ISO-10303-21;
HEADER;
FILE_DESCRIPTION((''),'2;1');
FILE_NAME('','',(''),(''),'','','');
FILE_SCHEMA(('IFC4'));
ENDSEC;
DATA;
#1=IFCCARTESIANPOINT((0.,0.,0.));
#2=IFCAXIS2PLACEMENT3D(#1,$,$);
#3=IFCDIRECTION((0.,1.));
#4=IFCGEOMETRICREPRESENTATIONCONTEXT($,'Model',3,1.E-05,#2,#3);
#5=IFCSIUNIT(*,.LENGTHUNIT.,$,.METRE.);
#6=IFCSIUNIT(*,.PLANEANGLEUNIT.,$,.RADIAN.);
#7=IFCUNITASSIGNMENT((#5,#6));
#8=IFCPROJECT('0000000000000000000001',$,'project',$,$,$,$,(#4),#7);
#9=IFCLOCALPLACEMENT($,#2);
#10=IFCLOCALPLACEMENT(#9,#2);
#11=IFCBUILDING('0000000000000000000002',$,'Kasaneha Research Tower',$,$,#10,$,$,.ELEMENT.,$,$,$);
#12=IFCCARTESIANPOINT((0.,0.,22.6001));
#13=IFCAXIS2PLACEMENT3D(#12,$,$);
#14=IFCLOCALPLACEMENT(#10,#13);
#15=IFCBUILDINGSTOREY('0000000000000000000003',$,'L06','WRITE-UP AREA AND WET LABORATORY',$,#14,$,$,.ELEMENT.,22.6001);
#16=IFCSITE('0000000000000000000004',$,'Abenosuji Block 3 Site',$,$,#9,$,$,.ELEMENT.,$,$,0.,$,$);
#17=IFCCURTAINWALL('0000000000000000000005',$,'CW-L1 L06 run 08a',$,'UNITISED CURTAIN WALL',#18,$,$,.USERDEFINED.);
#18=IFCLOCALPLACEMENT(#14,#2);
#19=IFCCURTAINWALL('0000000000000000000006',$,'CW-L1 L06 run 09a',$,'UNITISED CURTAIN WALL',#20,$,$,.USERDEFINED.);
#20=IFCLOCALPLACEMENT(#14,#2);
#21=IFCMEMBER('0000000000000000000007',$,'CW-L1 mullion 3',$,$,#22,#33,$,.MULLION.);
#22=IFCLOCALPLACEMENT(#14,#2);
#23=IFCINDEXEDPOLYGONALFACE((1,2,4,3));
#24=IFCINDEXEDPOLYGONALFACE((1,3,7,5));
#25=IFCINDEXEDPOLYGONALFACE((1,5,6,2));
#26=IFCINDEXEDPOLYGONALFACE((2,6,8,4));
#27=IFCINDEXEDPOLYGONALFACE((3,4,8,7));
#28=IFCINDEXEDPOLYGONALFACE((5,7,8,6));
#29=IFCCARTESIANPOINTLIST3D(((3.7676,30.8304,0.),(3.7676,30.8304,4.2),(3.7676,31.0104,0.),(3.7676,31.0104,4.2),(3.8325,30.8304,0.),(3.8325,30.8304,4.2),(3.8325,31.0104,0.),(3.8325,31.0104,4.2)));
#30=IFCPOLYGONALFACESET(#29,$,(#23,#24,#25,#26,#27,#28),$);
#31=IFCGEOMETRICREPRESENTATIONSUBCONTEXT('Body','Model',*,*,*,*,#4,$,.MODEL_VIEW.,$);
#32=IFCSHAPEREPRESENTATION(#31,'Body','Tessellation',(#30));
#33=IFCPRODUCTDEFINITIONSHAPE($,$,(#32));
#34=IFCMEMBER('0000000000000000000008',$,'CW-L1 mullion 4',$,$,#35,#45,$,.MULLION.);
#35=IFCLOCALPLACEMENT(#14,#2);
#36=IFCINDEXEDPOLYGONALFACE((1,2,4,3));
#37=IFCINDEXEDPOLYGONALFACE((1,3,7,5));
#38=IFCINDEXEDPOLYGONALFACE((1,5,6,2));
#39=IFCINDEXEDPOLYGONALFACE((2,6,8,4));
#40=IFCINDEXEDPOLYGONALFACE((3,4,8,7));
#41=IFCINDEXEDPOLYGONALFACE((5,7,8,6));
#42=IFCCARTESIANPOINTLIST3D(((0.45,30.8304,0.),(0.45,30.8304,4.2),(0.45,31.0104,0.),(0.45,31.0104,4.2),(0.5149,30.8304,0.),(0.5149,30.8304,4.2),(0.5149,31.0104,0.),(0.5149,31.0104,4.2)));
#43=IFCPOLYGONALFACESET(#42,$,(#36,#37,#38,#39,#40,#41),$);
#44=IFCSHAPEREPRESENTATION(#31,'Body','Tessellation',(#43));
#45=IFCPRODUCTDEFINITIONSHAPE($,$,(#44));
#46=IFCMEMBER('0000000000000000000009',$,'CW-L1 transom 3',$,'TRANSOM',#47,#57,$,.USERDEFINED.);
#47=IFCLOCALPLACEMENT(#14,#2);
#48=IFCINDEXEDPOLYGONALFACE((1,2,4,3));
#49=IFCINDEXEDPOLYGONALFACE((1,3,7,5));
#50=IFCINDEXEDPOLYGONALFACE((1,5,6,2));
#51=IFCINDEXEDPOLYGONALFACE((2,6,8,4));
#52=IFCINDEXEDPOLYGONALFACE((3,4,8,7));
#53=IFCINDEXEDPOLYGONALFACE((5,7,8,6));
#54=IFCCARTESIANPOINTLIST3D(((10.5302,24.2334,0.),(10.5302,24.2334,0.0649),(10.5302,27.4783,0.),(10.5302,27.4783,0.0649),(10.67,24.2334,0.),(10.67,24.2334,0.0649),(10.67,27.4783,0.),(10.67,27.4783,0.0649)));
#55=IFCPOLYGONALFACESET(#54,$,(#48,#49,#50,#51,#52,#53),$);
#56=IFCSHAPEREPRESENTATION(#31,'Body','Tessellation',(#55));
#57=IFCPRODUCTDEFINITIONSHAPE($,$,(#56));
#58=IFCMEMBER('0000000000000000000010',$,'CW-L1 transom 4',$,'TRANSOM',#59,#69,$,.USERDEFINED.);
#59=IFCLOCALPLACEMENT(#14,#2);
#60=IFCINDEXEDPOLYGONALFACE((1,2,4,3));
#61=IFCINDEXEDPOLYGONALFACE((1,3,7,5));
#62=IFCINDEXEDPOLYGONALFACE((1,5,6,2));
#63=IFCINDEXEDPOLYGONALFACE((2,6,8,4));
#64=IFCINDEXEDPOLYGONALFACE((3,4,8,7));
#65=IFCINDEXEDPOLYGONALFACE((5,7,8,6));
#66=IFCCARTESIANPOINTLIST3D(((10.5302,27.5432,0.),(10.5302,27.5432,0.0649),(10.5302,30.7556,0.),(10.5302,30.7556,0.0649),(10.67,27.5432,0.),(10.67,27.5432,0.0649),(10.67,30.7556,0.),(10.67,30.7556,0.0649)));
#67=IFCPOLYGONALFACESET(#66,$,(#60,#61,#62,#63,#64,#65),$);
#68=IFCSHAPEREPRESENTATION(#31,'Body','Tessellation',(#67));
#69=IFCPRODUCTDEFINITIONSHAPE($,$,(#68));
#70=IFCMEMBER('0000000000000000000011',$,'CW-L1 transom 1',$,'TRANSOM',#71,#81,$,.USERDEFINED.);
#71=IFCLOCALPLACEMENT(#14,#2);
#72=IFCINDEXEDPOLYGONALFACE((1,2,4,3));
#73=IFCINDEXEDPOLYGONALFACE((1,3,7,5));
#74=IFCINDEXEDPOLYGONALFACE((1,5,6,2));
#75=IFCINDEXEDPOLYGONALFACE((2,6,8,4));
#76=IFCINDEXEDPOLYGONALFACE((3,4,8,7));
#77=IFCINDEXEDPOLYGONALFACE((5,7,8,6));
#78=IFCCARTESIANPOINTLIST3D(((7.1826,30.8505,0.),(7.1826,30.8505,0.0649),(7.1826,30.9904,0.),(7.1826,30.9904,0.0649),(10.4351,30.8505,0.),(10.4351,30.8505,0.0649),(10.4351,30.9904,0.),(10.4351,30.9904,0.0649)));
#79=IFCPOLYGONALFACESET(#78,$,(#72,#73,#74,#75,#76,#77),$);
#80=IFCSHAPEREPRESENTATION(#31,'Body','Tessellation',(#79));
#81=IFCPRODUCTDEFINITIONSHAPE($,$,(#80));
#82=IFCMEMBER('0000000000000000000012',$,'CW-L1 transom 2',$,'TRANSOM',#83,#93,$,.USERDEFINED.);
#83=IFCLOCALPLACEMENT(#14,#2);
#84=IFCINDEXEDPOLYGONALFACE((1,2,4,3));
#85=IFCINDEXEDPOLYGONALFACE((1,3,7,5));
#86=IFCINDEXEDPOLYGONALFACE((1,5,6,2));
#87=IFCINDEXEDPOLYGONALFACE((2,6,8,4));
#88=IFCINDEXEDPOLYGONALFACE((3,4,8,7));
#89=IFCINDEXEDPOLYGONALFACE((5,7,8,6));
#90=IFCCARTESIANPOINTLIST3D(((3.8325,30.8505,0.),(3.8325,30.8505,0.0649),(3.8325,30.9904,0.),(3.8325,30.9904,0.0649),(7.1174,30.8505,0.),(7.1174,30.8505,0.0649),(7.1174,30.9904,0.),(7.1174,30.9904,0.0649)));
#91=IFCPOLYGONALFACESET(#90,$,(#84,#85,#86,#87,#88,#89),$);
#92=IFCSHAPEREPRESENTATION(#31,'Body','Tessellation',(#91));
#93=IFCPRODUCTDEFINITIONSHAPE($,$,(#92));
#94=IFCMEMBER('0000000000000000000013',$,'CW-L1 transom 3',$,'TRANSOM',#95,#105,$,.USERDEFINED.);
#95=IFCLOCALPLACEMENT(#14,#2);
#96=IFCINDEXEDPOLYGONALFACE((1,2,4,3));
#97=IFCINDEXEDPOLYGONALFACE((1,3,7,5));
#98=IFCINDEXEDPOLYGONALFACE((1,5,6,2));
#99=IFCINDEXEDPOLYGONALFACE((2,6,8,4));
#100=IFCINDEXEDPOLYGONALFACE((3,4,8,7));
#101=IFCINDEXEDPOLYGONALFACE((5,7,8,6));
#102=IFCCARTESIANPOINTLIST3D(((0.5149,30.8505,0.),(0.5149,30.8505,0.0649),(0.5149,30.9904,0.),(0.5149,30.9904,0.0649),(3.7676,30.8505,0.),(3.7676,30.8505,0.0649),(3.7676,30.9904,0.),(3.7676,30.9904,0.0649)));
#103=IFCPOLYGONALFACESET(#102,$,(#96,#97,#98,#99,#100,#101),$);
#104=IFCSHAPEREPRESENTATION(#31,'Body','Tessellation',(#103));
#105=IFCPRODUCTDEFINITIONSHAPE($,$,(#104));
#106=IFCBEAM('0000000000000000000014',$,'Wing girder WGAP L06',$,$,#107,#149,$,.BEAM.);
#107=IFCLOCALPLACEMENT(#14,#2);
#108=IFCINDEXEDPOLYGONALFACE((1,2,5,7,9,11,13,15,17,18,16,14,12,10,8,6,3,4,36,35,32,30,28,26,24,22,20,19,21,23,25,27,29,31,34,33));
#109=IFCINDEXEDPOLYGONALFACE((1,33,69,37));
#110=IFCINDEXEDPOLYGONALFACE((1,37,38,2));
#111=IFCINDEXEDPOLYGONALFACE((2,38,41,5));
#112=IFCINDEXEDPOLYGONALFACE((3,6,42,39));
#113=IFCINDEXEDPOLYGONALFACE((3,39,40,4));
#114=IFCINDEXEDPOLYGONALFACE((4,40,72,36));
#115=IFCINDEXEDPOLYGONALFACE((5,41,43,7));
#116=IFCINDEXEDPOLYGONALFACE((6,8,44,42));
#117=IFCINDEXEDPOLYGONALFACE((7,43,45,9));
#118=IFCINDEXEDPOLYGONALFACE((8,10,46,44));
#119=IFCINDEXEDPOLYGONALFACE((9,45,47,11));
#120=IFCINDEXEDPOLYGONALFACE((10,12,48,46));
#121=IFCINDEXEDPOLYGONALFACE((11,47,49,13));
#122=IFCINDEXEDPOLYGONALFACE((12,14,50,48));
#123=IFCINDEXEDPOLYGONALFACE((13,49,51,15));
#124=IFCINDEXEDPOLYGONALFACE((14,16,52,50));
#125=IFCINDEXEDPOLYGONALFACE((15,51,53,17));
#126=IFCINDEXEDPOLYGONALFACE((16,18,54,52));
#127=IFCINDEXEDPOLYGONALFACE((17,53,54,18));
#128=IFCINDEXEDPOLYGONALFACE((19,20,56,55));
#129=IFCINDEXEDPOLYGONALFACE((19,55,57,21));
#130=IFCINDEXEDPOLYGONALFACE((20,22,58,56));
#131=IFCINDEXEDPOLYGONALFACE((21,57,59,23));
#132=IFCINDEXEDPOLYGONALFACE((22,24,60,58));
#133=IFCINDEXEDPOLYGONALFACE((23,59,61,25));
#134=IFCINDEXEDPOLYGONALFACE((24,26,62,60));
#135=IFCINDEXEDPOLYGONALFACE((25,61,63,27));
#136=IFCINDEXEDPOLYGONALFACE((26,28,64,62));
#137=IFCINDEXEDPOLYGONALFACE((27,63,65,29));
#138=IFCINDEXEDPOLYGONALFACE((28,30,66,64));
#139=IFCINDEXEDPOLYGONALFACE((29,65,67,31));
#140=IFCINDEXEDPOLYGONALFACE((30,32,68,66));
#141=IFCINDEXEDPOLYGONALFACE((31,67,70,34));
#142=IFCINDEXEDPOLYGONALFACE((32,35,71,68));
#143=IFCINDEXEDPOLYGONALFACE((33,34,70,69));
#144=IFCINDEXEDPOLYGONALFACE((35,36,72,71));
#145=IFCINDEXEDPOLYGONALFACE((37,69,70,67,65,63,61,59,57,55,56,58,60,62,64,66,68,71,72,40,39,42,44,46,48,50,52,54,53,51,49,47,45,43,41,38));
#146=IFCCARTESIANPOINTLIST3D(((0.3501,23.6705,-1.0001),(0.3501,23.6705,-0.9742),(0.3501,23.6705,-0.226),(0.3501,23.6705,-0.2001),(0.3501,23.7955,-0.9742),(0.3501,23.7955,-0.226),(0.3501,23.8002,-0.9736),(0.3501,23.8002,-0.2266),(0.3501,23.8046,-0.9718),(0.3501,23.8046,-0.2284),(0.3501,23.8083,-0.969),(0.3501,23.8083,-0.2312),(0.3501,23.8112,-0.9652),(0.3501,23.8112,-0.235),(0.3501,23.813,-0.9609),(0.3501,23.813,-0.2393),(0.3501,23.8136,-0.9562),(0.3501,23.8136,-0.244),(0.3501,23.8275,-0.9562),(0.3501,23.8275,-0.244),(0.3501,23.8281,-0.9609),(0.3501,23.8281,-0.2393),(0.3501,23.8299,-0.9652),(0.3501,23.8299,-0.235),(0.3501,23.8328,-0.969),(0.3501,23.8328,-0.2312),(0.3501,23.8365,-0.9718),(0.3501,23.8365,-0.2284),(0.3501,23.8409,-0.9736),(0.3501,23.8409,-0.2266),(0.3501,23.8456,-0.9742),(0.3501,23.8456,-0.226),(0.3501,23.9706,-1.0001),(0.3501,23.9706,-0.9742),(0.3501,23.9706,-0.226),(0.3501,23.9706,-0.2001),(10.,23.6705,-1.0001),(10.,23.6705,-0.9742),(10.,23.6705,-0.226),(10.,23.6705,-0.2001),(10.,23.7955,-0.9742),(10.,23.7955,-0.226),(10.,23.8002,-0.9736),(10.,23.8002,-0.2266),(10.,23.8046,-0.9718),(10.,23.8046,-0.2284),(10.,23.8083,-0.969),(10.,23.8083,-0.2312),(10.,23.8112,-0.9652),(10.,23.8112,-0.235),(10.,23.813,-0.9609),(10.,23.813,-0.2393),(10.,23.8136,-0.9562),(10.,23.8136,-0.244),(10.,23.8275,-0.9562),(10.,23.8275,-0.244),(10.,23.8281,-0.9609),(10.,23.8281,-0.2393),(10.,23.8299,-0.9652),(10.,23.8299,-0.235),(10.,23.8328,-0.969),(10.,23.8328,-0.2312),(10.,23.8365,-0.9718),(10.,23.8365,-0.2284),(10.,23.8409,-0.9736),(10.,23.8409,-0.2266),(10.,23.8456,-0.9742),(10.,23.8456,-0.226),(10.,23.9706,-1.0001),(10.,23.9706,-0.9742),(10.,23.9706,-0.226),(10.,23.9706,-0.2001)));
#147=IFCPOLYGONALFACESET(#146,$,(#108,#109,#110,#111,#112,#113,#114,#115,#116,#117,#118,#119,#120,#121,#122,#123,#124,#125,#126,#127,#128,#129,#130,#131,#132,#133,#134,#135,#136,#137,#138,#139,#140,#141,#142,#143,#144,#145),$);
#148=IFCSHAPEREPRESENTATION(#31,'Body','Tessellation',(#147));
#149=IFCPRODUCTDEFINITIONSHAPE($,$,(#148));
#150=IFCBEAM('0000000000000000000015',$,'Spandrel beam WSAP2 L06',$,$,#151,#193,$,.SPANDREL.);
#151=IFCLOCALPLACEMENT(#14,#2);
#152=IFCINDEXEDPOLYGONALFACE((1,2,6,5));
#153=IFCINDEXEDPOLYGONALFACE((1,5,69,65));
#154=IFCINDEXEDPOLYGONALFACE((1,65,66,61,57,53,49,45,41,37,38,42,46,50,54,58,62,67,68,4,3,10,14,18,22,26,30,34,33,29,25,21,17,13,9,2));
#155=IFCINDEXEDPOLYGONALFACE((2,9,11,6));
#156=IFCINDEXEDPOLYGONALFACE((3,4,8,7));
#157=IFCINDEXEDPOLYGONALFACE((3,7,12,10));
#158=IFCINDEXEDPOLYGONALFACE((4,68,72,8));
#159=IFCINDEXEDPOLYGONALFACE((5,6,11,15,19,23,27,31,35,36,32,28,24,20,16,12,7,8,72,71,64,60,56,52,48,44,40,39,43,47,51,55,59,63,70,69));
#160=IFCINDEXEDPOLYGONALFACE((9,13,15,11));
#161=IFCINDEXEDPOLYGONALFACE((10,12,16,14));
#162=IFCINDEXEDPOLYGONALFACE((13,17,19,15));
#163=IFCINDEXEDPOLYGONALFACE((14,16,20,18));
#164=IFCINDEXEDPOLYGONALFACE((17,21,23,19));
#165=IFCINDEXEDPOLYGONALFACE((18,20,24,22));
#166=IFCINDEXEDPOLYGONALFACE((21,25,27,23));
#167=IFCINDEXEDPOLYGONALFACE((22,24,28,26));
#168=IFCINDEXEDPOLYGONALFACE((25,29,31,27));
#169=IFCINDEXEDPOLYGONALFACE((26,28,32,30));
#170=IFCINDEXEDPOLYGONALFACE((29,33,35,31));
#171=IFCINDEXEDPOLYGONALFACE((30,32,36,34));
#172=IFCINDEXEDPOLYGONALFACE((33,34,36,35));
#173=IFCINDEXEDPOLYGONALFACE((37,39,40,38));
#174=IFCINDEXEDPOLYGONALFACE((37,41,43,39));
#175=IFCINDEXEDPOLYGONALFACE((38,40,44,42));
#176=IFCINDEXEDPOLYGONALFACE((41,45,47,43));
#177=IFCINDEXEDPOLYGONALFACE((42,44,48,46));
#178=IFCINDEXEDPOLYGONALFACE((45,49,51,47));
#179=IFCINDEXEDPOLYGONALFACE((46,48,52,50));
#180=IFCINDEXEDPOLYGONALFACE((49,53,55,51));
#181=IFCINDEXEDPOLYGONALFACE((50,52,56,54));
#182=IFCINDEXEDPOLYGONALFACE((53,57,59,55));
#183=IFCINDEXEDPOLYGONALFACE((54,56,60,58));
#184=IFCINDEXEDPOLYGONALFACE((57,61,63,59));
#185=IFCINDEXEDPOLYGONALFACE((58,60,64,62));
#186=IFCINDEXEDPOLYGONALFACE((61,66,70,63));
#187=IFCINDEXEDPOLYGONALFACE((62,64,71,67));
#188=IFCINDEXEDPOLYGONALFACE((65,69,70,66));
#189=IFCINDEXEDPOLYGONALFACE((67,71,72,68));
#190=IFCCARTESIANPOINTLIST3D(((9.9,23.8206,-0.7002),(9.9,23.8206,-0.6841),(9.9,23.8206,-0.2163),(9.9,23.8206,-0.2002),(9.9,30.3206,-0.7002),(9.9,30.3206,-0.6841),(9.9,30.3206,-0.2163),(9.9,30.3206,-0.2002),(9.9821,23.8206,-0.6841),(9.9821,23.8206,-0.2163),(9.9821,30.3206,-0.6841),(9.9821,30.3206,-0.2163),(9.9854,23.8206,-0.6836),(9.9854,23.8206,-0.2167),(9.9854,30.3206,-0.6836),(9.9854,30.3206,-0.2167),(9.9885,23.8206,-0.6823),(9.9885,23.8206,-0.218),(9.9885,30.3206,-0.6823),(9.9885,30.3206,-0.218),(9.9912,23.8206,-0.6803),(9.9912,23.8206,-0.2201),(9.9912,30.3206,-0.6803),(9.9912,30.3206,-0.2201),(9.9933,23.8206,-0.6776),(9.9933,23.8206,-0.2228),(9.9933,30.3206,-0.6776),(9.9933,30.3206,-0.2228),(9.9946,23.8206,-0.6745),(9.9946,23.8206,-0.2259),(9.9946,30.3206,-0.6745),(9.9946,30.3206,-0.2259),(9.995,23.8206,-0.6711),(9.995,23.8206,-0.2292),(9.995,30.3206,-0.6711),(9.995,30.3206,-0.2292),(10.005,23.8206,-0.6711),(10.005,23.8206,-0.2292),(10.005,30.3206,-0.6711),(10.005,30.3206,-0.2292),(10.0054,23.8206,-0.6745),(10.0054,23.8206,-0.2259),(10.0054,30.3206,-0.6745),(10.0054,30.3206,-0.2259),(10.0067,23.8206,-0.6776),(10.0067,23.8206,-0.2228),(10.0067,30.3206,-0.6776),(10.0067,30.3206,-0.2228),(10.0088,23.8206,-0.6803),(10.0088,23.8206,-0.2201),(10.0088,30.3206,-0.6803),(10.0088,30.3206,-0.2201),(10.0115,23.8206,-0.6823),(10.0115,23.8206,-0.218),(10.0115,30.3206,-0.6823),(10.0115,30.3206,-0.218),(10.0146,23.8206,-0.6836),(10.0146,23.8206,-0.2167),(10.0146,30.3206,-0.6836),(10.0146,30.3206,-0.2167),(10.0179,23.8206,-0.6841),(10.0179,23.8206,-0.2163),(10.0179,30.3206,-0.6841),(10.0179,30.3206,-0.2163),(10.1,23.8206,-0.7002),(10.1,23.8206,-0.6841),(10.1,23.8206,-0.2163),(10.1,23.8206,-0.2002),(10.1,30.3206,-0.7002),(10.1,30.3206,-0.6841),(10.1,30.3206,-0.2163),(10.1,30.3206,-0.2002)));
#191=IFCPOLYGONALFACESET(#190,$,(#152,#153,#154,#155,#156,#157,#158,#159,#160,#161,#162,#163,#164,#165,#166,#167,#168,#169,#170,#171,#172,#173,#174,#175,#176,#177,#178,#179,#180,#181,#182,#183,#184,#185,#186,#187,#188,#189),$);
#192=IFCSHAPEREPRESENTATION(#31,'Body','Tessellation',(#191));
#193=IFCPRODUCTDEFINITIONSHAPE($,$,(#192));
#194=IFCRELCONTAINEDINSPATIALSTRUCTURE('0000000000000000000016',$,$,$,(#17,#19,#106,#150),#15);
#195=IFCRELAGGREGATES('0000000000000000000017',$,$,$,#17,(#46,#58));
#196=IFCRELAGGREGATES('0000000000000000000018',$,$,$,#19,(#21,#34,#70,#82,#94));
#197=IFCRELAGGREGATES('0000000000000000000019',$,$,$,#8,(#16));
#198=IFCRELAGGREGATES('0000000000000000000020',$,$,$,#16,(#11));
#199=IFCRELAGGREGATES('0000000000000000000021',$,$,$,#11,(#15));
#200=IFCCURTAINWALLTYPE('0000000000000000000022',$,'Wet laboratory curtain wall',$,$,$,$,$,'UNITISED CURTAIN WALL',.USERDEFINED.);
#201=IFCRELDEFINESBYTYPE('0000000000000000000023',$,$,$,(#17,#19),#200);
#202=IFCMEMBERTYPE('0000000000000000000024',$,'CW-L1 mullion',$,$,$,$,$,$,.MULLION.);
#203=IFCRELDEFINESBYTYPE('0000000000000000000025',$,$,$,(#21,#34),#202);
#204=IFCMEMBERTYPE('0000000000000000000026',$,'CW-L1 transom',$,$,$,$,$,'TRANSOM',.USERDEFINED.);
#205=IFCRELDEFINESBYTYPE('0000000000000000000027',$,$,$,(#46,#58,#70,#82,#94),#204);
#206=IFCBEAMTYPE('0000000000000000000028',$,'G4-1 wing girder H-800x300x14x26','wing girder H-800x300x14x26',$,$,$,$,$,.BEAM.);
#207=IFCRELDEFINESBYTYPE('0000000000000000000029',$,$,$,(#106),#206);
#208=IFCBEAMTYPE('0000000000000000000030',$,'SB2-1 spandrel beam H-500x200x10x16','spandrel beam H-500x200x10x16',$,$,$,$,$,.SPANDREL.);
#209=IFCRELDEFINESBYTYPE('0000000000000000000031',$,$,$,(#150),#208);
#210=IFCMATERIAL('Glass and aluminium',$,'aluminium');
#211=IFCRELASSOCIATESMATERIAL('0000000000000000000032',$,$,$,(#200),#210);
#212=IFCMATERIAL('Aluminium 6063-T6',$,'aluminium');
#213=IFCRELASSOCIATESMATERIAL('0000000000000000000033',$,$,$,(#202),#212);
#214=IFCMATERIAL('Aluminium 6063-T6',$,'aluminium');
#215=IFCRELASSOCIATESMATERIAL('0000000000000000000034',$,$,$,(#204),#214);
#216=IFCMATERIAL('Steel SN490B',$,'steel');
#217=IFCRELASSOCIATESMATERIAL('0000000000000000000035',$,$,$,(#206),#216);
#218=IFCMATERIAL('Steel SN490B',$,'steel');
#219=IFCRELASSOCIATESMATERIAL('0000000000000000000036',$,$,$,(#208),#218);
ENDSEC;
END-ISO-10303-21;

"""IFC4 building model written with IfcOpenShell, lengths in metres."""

from ifc_helpers import new_model, si_unit, direction, frame, origin, origin_2d, place, context, subcontext, project, spatial, rectangle, i_section, extrude, material, material_profile, profile_set, type_object, element, aggregate, save


model = new_model("IFC4")

# Units and contexts
model_context = context("Model", 3, precision=1e-05, world=origin(), true_north=direction((0.0, 1.0)))
body_context = subcontext(model_context, "Body", "Model", "MODEL_VIEW")
ifc_project = project(units=[si_unit("LENGTHUNIT", "METRE"), si_unit("PLANEANGLEUNIT", "RADIAN")], contexts=[model_context])

# Site, building, storey
site_placement = place(None, origin())
site = spatial("IfcSite", under=ifc_project, at=site_placement, Name="Abenosuji Block 3 Site", CompositionType="ELEMENT", RefElevation=0.0)
building_placement = place(site_placement, origin())
building = spatial("IfcBuilding", under=site, at=building_placement, Name="Kasaneha Research Tower", CompositionType="ELEMENT")
storey_placement = place(building_placement, frame((0.0, 0.0, 22.6001)))
storey = spatial("IfcBuildingStorey", under=building, at=storey_placement, Name="L06", Description="WRITE-UP AREA AND WET LABORATORY", CompositionType="ELEMENT", Elevation=22.6001)

# Curtain walls, members
ifc_material_1 = material(Name="Glass and aluminium", Category="aluminium")
curtain_wall_type = type_object("IfcCurtainWallType", Name="Wet laboratory curtain wall", ElementType="UNITISED CURTAIN WALL", PredefinedType="USERDEFINED", material=ifc_material_1)
curtain_wall_1_placement = place(storey_placement, origin())
curtain_wall_1 = element("IfcCurtainWall", 1, at=curtain_wall_1_placement, inside=storey, type_object=curtain_wall_type, Name="CW-L1 L06 run 08a", ObjectType="UNITISED CURTAIN WALL", PredefinedType="USERDEFINED")
ifc_material_2 = material(Name="Aluminium 6063-T6", Category="aluminium")
ifc_material_profile_1 = material_profile(ifc_material_2, rectangle(XDim=0.0649, YDim=0.1799, at=origin_2d()), Name="CW-L1 mullion 65x180")
ifc_profile_set_1 = profile_set([ifc_material_profile_1], Name="Aluminium 6063-T6")
member_type_1 = type_object("IfcMemberType", Name="CW-L1 mullion", PredefinedType="MULLION", material=ifc_profile_set_1)
curtain_wall_2_placement = place(storey_placement, origin())
curtain_wall_2 = element("IfcCurtainWall", 2, at=curtain_wall_2_placement, inside=storey, type_object=curtain_wall_type, Name="CW-L1 L06 run 09a", ObjectType="UNITISED CURTAIN WALL", PredefinedType="USERDEFINED")
member_1_placement = place(storey_placement, frame((3.8, 30.9204, 0.0), z_axis=(0.0, 0.0, 1.0), x_axis=(-1.0, 0.0, 0.0)))
member_1 = element("IfcMember", 3, at=member_1_placement, type_object=member_type_1, Name="CW-L1 mullion 3", PredefinedType="MULLION", context=body_context, shape_type="SweptSolid", body=[
    extrude(rectangle(XDim=0.0649, YDim=0.1799, at=origin_2d()), origin(), (0.0, 0.0, 1.0), 4.2),
])
member_2_placement = place(storey_placement, frame((0.4824, 30.9204, 0.0), z_axis=(0.0, 0.0, 1.0), x_axis=(-1.0, 0.0, 0.0)))
member_2 = element("IfcMember", 4, at=member_2_placement, type_object=member_type_1, Name="CW-L1 mullion 4", PredefinedType="MULLION", context=body_context, shape_type="SweptSolid", body=[
    extrude(rectangle(XDim=0.0649, YDim=0.1799, at=origin_2d()), origin(), (0.0, 0.0, 1.0), 4.2),
])

# Members
ifc_material_3 = material(Name="Aluminium 6063-T6", Category="aluminium")
ifc_material_profile_2 = material_profile(ifc_material_3, rectangle(XDim=0.1399, YDim=0.0649, at=origin_2d()), Name="CW-L1 transom 140x65")
ifc_profile_set_2 = profile_set([ifc_material_profile_2], Name="Aluminium 6063-T6")
member_type_2 = type_object("IfcMemberType", Name="CW-L1 transom", ElementType="TRANSOM", PredefinedType="USERDEFINED", material=ifc_profile_set_2)
member_3_placement = place(storey_placement, frame((10.6001, 24.2334, 0.0325), z_axis=(0.0, 1.0, 0.0), x_axis=(-1.0, 0.0, 0.0)))
member_3 = element("IfcMember", 5, at=member_3_placement, type_object=member_type_2, Name="CW-L1 transom 3", ObjectType="TRANSOM", PredefinedType="USERDEFINED", context=body_context, shape_type="SweptSolid", body=[
    extrude(rectangle(XDim=0.1399, YDim=0.0649, at=origin_2d()), origin(), (0.0, 0.0, 1.0), 3.2449),
])
member_4_placement = place(storey_placement, frame((10.6001, 27.5432, 0.0325), z_axis=(0.0, 1.0, 0.0), x_axis=(-1.0, 0.0, 0.0)))
member_4 = element("IfcMember", 6, at=member_4_placement, type_object=member_type_2, Name="CW-L1 transom 4", ObjectType="TRANSOM", PredefinedType="USERDEFINED", context=body_context, shape_type="SweptSolid", body=[
    extrude(rectangle(XDim=0.1399, YDim=0.0649, at=origin_2d()), origin(), (0.0, 0.0, 1.0), 3.2124),
])
member_5_placement = place(storey_placement, frame((10.4351, 30.9204, 0.0325), z_axis=(-1.0, 0.0, 0.0), x_axis=(0.0, -1.0, 0.0)))
member_5 = element("IfcMember", 7, at=member_5_placement, type_object=member_type_2, Name="CW-L1 transom 1", ObjectType="TRANSOM", PredefinedType="USERDEFINED", context=body_context, shape_type="SweptSolid", body=[
    extrude(rectangle(XDim=0.1399, YDim=0.0649, at=origin_2d()), origin(), (0.0, 0.0, 1.0), 3.2524),
])
member_6_placement = place(storey_placement, frame((7.1174, 30.9204, 0.0325), z_axis=(-1.0, 0.0, 0.0), x_axis=(0.0, -1.0, 0.0)))
member_6 = element("IfcMember", 8, at=member_6_placement, type_object=member_type_2, Name="CW-L1 transom 2", ObjectType="TRANSOM", PredefinedType="USERDEFINED", context=body_context, shape_type="SweptSolid", body=[
    extrude(rectangle(XDim=0.1399, YDim=0.0649, at=origin_2d()), origin(), (0.0, 0.0, 1.0), 3.2849),
])
member_7_placement = place(storey_placement, frame((3.7676, 30.9204, 0.0325), z_axis=(-1.0, 0.0, 0.0), x_axis=(0.0, -1.0, 0.0)))
member_7 = element("IfcMember", 9, at=member_7_placement, type_object=member_type_2, Name="CW-L1 transom 3", ObjectType="TRANSOM", PredefinedType="USERDEFINED", context=body_context, shape_type="SweptSolid", body=[
    extrude(rectangle(XDim=0.1399, YDim=0.0649, at=origin_2d()), origin(), (0.0, 0.0, 1.0), 3.2527),
])

# Beams
ifc_material_4 = material(Name="Steel SN490B", Category="steel")
ifc_material_profile_3 = material_profile(ifc_material_4, i_section(OverallWidth=0.3, OverallDepth=0.8, WebThickness=0.0139, FlangeThickness=0.0259, FilletRadius=0.0181, at=origin_2d()), Name="H-800x300x14x26")
ifc_profile_set_3 = profile_set([ifc_material_profile_3], Name="Steel SN490B")
beam_type_1 = type_object("IfcBeamType", Name="G4-1 wing girder H-800x300x14x26", Description="wing girder H-800x300x14x26", PredefinedType="BEAM", material=ifc_profile_set_3)
beam_1_placement = place(storey_placement, frame((10.0, 23.8206, -0.6001), z_axis=(-1.0, 0.0, 0.0), x_axis=(0.0, -1.0, 0.0)))
element("IfcBeam", 10, at=beam_1_placement, inside=storey, type_object=beam_type_1, Name="Wing girder WGAP L06", PredefinedType="BEAM", context=body_context, shape_type="SweptSolid", body=[
    extrude(i_section(OverallWidth=0.3, OverallDepth=0.8, WebThickness=0.0139, FlangeThickness=0.0259, FilletRadius=0.0181, at=origin_2d()), origin(), (0.0, 0.0, 1.0), 9.6499),
])
ifc_material_5 = material(Name="Steel SN490B", Category="steel")
ifc_material_profile_4 = material_profile(ifc_material_5, i_section(OverallWidth=0.2, OverallDepth=0.5, WebThickness=0.01, FlangeThickness=0.0161, FilletRadius=0.0129, at=origin_2d()), Name="H-500x200x10x16")
ifc_profile_set_4 = profile_set([ifc_material_profile_4], Name="Steel SN490B")
beam_type_2 = type_object("IfcBeamType", Name="SB2-1 spandrel beam H-500x200x10x16", Description="spandrel beam H-500x200x10x16", PredefinedType="SPANDREL", material=ifc_profile_set_4)
beam_2_placement = place(storey_placement, frame((10.0, 23.8206, -0.4502), z_axis=(0.0, 1.0, 0.0), x_axis=(-1.0, 0.0, 0.0)))
element("IfcBeam", 11, at=beam_2_placement, inside=storey, type_object=beam_type_2, Name="Spandrel beam WSAP2 L06", PredefinedType="SPANDREL", context=body_context, shape_type="SweptSolid", body=[
    extrude(i_section(OverallWidth=0.2, OverallDepth=0.5, WebThickness=0.01, FlangeThickness=0.0161, FilletRadius=0.0129, at=origin_2d()), origin(), (0.0, 0.0, 1.0), 6.5),
])

aggregate(curtain_wall_1, [member_3, member_4])
aggregate(curtain_wall_2, [member_1, member_2, member_5, member_6, member_7])

save(model, "model.ifc")
